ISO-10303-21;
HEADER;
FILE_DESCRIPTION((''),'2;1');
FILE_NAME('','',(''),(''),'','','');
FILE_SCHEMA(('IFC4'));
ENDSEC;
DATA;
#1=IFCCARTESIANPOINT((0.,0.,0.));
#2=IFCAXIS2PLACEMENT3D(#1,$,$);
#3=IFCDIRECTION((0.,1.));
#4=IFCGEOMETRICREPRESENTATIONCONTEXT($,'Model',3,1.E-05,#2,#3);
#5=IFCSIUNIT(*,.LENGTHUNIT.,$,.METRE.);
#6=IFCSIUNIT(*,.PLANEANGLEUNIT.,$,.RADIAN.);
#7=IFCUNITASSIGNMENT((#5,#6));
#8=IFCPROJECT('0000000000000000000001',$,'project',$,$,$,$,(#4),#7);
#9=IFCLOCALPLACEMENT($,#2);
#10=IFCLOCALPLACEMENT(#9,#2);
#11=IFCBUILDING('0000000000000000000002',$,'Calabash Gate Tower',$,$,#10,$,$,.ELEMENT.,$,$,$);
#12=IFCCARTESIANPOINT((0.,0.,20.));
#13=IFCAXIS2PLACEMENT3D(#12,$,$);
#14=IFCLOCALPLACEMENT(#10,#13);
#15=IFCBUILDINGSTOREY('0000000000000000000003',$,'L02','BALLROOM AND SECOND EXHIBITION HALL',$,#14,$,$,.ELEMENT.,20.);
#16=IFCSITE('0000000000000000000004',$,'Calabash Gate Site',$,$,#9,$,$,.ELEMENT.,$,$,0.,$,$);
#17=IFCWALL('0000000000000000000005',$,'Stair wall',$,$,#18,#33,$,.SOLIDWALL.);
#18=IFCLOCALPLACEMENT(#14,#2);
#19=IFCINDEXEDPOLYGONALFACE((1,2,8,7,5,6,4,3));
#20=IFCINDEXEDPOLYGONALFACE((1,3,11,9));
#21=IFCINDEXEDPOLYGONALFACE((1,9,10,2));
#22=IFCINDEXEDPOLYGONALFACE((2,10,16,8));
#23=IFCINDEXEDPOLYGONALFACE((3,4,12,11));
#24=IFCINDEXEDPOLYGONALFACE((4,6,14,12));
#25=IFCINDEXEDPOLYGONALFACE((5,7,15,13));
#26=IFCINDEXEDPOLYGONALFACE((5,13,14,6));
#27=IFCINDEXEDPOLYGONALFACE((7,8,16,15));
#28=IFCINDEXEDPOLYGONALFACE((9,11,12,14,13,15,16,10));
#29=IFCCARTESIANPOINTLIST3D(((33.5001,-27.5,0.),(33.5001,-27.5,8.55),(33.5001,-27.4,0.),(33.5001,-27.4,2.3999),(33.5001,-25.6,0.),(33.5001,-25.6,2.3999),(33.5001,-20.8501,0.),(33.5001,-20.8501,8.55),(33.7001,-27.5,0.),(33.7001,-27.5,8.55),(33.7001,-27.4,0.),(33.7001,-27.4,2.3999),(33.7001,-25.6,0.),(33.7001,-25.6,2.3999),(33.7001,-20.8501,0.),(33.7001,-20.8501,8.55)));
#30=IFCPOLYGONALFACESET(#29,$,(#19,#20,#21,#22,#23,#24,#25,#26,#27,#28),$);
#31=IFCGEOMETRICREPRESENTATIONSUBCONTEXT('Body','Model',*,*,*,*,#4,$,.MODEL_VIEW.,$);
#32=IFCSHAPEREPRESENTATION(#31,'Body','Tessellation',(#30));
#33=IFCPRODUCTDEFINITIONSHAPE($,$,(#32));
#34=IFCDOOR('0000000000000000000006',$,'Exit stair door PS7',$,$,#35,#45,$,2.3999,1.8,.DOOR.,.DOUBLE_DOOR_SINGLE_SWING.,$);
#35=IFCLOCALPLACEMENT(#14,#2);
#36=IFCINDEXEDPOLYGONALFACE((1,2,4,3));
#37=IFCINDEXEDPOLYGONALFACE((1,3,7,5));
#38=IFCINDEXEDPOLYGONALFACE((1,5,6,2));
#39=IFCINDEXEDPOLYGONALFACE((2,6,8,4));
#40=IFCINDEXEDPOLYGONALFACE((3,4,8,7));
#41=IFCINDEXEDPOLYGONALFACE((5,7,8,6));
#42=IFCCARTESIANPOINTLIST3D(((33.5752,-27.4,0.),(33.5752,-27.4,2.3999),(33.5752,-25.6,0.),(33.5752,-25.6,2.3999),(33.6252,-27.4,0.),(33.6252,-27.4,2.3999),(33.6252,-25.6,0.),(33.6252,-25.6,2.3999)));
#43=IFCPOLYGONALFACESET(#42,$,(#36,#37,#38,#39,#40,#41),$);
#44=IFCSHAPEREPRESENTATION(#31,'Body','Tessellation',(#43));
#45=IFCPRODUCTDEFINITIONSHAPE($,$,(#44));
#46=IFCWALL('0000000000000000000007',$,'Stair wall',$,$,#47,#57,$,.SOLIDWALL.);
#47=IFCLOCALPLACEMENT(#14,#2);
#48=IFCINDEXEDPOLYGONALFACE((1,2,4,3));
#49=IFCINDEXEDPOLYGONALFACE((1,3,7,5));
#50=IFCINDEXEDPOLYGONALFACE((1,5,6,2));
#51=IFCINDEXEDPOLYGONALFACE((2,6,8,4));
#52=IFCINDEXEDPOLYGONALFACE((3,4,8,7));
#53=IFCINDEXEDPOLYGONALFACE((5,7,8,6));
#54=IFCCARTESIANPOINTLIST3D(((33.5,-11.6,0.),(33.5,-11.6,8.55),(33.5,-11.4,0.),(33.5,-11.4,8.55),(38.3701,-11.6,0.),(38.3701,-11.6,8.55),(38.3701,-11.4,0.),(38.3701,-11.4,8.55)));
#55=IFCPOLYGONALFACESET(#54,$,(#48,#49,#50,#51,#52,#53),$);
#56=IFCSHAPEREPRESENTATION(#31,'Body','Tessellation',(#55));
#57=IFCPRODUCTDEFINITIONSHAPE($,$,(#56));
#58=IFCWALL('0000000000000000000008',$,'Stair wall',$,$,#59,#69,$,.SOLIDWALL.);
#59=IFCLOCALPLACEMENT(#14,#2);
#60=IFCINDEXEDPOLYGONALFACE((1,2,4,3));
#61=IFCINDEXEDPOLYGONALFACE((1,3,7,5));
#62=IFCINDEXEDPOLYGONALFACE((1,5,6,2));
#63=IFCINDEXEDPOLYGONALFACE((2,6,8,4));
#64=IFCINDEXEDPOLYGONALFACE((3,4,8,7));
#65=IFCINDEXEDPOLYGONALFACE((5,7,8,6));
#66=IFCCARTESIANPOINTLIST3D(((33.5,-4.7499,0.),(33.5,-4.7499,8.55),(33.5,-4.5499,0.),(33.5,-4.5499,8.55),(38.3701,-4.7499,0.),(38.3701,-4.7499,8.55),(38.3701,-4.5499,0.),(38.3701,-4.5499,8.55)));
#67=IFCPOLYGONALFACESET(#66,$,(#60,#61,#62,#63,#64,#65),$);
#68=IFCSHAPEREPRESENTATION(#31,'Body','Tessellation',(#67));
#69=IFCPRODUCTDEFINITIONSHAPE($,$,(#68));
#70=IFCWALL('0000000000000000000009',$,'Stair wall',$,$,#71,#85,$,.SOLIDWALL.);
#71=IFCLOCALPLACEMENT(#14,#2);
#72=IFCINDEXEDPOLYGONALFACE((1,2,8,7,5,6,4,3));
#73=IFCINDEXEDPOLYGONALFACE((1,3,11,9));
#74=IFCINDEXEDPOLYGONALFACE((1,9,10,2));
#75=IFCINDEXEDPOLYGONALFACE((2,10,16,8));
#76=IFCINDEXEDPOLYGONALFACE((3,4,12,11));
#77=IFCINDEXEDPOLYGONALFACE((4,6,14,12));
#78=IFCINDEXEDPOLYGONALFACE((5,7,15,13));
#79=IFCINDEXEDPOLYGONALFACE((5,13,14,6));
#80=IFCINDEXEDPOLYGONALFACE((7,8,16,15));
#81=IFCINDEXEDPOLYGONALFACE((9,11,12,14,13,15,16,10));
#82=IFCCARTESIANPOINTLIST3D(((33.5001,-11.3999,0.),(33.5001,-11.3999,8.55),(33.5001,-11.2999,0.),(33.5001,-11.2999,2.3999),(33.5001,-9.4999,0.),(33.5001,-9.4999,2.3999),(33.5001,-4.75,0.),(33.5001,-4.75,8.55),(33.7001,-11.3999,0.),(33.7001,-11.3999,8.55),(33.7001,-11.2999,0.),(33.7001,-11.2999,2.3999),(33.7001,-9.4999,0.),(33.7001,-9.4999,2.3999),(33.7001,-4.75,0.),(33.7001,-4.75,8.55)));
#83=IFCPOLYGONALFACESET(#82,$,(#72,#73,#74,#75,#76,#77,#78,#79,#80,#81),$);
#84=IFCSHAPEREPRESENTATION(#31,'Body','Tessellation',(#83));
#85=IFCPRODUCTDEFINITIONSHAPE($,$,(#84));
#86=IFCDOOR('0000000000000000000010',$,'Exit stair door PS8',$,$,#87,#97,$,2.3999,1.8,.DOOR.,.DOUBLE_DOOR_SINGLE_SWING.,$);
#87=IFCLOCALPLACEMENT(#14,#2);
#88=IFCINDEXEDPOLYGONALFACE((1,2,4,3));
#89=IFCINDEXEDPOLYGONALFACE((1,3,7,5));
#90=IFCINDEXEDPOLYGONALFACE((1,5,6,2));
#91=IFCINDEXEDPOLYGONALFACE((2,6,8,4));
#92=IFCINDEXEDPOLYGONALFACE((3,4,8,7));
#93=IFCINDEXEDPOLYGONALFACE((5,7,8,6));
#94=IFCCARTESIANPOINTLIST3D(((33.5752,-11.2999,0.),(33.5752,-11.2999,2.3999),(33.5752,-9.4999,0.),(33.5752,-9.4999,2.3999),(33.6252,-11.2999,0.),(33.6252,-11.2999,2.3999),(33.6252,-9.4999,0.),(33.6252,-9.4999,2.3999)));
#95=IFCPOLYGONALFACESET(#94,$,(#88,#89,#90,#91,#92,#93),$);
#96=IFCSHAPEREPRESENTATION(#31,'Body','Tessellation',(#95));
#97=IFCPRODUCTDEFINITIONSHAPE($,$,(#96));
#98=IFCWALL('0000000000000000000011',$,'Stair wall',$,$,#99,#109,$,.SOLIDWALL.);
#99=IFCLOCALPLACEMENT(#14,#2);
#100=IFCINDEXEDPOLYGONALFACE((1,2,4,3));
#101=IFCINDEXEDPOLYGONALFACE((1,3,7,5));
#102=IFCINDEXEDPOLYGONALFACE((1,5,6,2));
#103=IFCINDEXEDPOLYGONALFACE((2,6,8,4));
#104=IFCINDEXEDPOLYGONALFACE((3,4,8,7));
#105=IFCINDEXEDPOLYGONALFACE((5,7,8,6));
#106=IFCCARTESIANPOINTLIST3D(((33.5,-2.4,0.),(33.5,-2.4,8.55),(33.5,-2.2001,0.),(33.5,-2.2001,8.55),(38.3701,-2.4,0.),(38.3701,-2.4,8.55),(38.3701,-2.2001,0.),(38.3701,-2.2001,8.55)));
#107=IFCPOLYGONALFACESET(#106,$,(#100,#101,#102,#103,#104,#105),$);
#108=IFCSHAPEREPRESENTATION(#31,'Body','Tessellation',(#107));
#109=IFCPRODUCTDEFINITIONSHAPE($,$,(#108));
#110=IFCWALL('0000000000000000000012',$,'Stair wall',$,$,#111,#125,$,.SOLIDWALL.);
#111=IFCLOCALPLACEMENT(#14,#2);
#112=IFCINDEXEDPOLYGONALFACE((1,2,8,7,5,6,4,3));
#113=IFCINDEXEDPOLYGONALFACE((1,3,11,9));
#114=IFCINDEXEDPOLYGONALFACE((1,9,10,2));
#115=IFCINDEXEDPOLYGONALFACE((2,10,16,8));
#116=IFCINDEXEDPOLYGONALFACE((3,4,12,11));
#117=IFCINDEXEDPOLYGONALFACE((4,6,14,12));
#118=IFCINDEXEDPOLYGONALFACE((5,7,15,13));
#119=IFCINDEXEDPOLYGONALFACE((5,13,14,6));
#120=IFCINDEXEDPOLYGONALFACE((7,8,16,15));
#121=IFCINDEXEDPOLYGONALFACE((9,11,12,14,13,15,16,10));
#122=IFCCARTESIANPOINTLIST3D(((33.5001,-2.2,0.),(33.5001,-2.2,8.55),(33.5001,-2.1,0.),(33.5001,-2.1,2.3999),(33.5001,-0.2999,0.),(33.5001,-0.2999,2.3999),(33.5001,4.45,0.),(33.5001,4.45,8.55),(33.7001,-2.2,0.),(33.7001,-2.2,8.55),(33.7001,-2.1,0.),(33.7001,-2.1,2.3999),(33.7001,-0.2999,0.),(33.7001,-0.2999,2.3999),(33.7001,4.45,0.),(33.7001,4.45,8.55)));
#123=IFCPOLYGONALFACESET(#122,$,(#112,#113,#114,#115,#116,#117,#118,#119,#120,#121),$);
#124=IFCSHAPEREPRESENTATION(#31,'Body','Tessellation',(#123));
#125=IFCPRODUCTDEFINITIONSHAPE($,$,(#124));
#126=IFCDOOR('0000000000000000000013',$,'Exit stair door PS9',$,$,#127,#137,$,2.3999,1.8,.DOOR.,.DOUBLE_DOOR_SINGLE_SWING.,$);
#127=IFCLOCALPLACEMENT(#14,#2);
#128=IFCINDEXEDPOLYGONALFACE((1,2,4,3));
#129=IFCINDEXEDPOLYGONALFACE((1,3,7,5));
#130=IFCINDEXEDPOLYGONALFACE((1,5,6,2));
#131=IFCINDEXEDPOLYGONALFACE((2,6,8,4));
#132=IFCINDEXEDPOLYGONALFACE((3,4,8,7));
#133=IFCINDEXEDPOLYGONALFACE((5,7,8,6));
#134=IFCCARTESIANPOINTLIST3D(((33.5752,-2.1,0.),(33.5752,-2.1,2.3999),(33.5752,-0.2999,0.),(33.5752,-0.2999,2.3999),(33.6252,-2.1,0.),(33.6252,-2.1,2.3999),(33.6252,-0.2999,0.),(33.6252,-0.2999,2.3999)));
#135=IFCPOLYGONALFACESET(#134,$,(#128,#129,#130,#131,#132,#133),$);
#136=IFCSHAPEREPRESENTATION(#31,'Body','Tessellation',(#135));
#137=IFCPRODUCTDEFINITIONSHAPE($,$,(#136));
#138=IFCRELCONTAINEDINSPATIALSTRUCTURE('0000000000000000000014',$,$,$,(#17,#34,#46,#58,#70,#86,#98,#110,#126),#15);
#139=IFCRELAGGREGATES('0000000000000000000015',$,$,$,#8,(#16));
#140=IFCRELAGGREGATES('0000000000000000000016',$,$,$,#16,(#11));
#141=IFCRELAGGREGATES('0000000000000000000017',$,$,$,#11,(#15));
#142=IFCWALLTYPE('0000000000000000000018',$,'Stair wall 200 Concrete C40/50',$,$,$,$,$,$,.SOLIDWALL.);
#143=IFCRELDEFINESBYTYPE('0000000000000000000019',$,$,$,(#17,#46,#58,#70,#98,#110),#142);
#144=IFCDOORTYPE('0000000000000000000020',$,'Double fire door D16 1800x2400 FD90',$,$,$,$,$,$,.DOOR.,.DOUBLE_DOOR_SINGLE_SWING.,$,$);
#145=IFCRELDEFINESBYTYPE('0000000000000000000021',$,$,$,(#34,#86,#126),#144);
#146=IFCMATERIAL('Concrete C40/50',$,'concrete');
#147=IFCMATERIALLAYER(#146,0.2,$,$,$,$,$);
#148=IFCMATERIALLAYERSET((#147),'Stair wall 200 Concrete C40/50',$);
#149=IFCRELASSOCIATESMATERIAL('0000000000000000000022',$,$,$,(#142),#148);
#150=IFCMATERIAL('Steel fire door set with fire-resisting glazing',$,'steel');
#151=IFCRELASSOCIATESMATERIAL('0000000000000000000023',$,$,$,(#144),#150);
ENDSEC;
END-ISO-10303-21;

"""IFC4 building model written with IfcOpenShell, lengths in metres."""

from ifc_helpers import new_model, si_unit, direction, frame, frame_2d, origin, place, context, subcontext, project, spatial, rectangle, extrude, material, layer, layer_set, type_object, element, fill, save


model = new_model("IFC4")

# Units and contexts
model_context = context("Model", 3, precision=1e-05, world=origin(), true_north=direction((0.0, 1.0)))
body_context = subcontext(model_context, "Body", "Model", "MODEL_VIEW")
ifc_project = project(units=[si_unit("LENGTHUNIT", "METRE"), si_unit("PLANEANGLEUNIT", "RADIAN")], contexts=[model_context])

# Site, building, storey
site_placement = place(None, origin())
site = spatial("IfcSite", under=ifc_project, at=site_placement, Name="Calabash Gate Site", CompositionType="ELEMENT", RefElevation=0.0)
building_placement = place(site_placement, origin())
building = spatial("IfcBuilding", under=site, at=building_placement, Name="Calabash Gate Tower", CompositionType="ELEMENT")
storey_placement = place(building_placement, frame((0.0, 0.0, 20.0)))
storey = spatial("IfcBuildingStorey", under=building, at=storey_placement, Name="L02", Description="BALLROOM AND SECOND EXHIBITION HALL", CompositionType="ELEMENT", Elevation=20.0)

# Shared definitions
ifc_material_1 = material(Name="Concrete C40/50", Category="concrete")
ifc_layer_1 = layer(ifc_material_1, 0.2)
ifc_layer_set_1 = layer_set([ifc_layer_1], Name="Stair wall 200 Concrete C40/50")
wall_type_1 = type_object("IfcWallType", Name="Stair wall 200 Concrete C40/50", PredefinedType="SOLIDWALL", material=ifc_layer_set_1)

# Wall, opening, door
wall_1_placement = place(storey_placement, frame((33.6001, -27.5, 0.0), z_axis=(0.0, 0.0, 1.0), x_axis=(0.0, 1.0, 0.0)))
wall_1 = element("IfcWall", 1, at=wall_1_placement, inside=storey, type_object=wall_type_1, Name="Stair wall", PredefinedType="SOLIDWALL", context=body_context, shape_type="SweptSolid", body=[
    extrude(rectangle(XDim=6.6499, YDim=0.2, at=frame_2d((3.325, 0.0))), origin(), (0.0, 0.0, 1.0), 8.55),
])
opening_1_placement = place(wall_1_placement, frame((0.1001, 0.0, 0.0)))
opening_1 = element("IfcOpeningElement", 2, at=opening_1_placement, cuts=wall_1, PredefinedType="OPENING", context=body_context, shape_type="SweptSolid", body=[
    extrude(rectangle(XDim=1.8, YDim=2.3999, at=frame_2d((0.8999, 1.2))), frame((0.0, 0.1099, 0.0), z_axis=(0.0, -1.0, 0.0), x_axis=(1.0, 0.0, 0.0)), (0.0, 0.0, 1.0), 0.22),
])
ifc_material_2 = material(Name="Steel fire door set with fire-resisting glazing", Category="steel")
door_type_1 = type_object("IfcDoorType", Name="Double fire door D16 1800x2400 FD90", OperationType="DOUBLE_DOOR_SINGLE_SWING", PredefinedType="DOOR", material=ifc_material_2)
door_1_placement = place(opening_1_placement, origin())
door_1 = element("IfcDoor", 3, at=door_1_placement, inside=storey, type_object=door_type_1, Name="Exit stair door PS7", OperationType="DOUBLE_DOOR_SINGLE_SWING", OverallHeight=2.3999, OverallWidth=1.8, PredefinedType="DOOR", context=body_context, shape_type="SweptSolid", body=[
    extrude(rectangle(XDim=1.8, YDim=2.3999, at=frame_2d((0.8999, 1.2))), frame((0.0, 0.0249, 0.0), z_axis=(0.0, -1.0, 0.0), x_axis=(1.0, 0.0, 0.0)), (0.0, 0.0, 1.0), 0.05),
])
fill(opening_1, door_1)

# Walls
for number, where, z_axis, x_axis, name in (
    (4, (33.5, -11.5, 0.0), (0.0, 0.0, 1.0), (1.0, 0.0, 0.0), "Stair wall"),
    (5, (33.5, -4.6499, 0.0), (0.0, 0.0, 1.0), (1.0, 0.0, 0.0), "Stair wall"),
):
    element("IfcWall", number, at=place(storey_placement, frame(where, z_axis=z_axis, x_axis=x_axis)), inside=storey, type_object=wall_type_1, Name=name, PredefinedType="SOLIDWALL", context=body_context, shape_type="SweptSolid", body=[
        extrude(rectangle(XDim=4.8701, YDim=0.2, at=frame_2d((2.4351, 0.0))), origin(), (0.0, 0.0, 1.0), 8.55),
    ])

# Wall, opening, door
wall_2_placement = place(storey_placement, frame((33.6001, -11.3999, 0.0), z_axis=(0.0, 0.0, 1.0), x_axis=(0.0, 1.0, 0.0)))
wall_2 = element("IfcWall", 6, at=wall_2_placement, inside=storey, type_object=wall_type_1, Name="Stair wall", PredefinedType="SOLIDWALL", context=body_context, shape_type="SweptSolid", body=[
    extrude(rectangle(XDim=6.6499, YDim=0.2, at=frame_2d((3.325, 0.0))), origin(), (0.0, 0.0, 1.0), 8.55),
])
opening_2_placement = place(wall_2_placement, frame((0.1001, 0.0, 0.0)))
opening_2 = element("IfcOpeningElement", 7, at=opening_2_placement, cuts=wall_2, PredefinedType="OPENING", context=body_context, shape_type="SweptSolid", body=[
    extrude(rectangle(XDim=1.8, YDim=2.3999, at=frame_2d((0.8999, 1.2))), frame((0.0, 0.1099, 0.0), z_axis=(0.0, -1.0, 0.0), x_axis=(1.0, 0.0, 0.0)), (0.0, 0.0, 1.0), 0.22),
])
door_2_placement = place(opening_2_placement, origin())
door_2 = element("IfcDoor", 8, at=door_2_placement, inside=storey, type_object=door_type_1, Name="Exit stair door PS8", OperationType="DOUBLE_DOOR_SINGLE_SWING", OverallHeight=2.3999, OverallWidth=1.8, PredefinedType="DOOR", context=body_context, shape_type="SweptSolid", body=[
    extrude(rectangle(XDim=1.8, YDim=2.3999, at=frame_2d((0.8999, 1.2))), frame((0.0, 0.0249, 0.0), z_axis=(0.0, -1.0, 0.0), x_axis=(1.0, 0.0, 0.0)), (0.0, 0.0, 1.0), 0.05),
])
fill(opening_2, door_2)

# Wall
wall_3_placement = place(storey_placement, frame((33.5, -2.3, 0.0), z_axis=(0.0, 0.0, 1.0), x_axis=(1.0, 0.0, 0.0)))
element("IfcWall", 9, at=wall_3_placement, inside=storey, type_object=wall_type_1, Name="Stair wall", PredefinedType="SOLIDWALL", context=body_context, shape_type="SweptSolid", body=[
    extrude(rectangle(XDim=4.8701, YDim=0.2, at=frame_2d((2.4351, 0.0))), origin(), (0.0, 0.0, 1.0), 8.55),
])

# Wall, opening, door
wall_4_placement = place(storey_placement, frame((33.6001, -2.2, 0.0), z_axis=(0.0, 0.0, 1.0), x_axis=(0.0, 1.0, 0.0)))
wall_4 = element("IfcWall", 10, at=wall_4_placement, inside=storey, type_object=wall_type_1, Name="Stair wall", PredefinedType="SOLIDWALL", context=body_context, shape_type="SweptSolid", body=[
    extrude(rectangle(XDim=6.6499, YDim=0.2, at=frame_2d((3.325, 0.0))), origin(), (0.0, 0.0, 1.0), 8.55),
])
opening_3_placement = place(wall_4_placement, frame((0.1001, 0.0, 0.0)))
opening_3 = element("IfcOpeningElement", 11, at=opening_3_placement, cuts=wall_4, PredefinedType="OPENING", context=body_context, shape_type="SweptSolid", body=[
    extrude(rectangle(XDim=1.8, YDim=2.3999, at=frame_2d((0.8999, 1.2))), frame((0.0, 0.1099, 0.0), z_axis=(0.0, -1.0, 0.0), x_axis=(1.0, 0.0, 0.0)), (0.0, 0.0, 1.0), 0.22),
])
door_3_placement = place(opening_3_placement, origin())
door_3 = element("IfcDoor", 12, at=door_3_placement, inside=storey, type_object=door_type_1, Name="Exit stair door PS9", OperationType="DOUBLE_DOOR_SINGLE_SWING", OverallHeight=2.3999, OverallWidth=1.8, PredefinedType="DOOR", context=body_context, shape_type="SweptSolid", body=[
    extrude(rectangle(XDim=1.8, YDim=2.3999, at=frame_2d((0.8999, 1.2))), frame((0.0, 0.0249, 0.0), z_axis=(0.0, -1.0, 0.0), x_axis=(1.0, 0.0, 0.0)), (0.0, 0.0, 1.0), 0.05),
])
fill(opening_3, door_3)

save(model, "model.ifc")
